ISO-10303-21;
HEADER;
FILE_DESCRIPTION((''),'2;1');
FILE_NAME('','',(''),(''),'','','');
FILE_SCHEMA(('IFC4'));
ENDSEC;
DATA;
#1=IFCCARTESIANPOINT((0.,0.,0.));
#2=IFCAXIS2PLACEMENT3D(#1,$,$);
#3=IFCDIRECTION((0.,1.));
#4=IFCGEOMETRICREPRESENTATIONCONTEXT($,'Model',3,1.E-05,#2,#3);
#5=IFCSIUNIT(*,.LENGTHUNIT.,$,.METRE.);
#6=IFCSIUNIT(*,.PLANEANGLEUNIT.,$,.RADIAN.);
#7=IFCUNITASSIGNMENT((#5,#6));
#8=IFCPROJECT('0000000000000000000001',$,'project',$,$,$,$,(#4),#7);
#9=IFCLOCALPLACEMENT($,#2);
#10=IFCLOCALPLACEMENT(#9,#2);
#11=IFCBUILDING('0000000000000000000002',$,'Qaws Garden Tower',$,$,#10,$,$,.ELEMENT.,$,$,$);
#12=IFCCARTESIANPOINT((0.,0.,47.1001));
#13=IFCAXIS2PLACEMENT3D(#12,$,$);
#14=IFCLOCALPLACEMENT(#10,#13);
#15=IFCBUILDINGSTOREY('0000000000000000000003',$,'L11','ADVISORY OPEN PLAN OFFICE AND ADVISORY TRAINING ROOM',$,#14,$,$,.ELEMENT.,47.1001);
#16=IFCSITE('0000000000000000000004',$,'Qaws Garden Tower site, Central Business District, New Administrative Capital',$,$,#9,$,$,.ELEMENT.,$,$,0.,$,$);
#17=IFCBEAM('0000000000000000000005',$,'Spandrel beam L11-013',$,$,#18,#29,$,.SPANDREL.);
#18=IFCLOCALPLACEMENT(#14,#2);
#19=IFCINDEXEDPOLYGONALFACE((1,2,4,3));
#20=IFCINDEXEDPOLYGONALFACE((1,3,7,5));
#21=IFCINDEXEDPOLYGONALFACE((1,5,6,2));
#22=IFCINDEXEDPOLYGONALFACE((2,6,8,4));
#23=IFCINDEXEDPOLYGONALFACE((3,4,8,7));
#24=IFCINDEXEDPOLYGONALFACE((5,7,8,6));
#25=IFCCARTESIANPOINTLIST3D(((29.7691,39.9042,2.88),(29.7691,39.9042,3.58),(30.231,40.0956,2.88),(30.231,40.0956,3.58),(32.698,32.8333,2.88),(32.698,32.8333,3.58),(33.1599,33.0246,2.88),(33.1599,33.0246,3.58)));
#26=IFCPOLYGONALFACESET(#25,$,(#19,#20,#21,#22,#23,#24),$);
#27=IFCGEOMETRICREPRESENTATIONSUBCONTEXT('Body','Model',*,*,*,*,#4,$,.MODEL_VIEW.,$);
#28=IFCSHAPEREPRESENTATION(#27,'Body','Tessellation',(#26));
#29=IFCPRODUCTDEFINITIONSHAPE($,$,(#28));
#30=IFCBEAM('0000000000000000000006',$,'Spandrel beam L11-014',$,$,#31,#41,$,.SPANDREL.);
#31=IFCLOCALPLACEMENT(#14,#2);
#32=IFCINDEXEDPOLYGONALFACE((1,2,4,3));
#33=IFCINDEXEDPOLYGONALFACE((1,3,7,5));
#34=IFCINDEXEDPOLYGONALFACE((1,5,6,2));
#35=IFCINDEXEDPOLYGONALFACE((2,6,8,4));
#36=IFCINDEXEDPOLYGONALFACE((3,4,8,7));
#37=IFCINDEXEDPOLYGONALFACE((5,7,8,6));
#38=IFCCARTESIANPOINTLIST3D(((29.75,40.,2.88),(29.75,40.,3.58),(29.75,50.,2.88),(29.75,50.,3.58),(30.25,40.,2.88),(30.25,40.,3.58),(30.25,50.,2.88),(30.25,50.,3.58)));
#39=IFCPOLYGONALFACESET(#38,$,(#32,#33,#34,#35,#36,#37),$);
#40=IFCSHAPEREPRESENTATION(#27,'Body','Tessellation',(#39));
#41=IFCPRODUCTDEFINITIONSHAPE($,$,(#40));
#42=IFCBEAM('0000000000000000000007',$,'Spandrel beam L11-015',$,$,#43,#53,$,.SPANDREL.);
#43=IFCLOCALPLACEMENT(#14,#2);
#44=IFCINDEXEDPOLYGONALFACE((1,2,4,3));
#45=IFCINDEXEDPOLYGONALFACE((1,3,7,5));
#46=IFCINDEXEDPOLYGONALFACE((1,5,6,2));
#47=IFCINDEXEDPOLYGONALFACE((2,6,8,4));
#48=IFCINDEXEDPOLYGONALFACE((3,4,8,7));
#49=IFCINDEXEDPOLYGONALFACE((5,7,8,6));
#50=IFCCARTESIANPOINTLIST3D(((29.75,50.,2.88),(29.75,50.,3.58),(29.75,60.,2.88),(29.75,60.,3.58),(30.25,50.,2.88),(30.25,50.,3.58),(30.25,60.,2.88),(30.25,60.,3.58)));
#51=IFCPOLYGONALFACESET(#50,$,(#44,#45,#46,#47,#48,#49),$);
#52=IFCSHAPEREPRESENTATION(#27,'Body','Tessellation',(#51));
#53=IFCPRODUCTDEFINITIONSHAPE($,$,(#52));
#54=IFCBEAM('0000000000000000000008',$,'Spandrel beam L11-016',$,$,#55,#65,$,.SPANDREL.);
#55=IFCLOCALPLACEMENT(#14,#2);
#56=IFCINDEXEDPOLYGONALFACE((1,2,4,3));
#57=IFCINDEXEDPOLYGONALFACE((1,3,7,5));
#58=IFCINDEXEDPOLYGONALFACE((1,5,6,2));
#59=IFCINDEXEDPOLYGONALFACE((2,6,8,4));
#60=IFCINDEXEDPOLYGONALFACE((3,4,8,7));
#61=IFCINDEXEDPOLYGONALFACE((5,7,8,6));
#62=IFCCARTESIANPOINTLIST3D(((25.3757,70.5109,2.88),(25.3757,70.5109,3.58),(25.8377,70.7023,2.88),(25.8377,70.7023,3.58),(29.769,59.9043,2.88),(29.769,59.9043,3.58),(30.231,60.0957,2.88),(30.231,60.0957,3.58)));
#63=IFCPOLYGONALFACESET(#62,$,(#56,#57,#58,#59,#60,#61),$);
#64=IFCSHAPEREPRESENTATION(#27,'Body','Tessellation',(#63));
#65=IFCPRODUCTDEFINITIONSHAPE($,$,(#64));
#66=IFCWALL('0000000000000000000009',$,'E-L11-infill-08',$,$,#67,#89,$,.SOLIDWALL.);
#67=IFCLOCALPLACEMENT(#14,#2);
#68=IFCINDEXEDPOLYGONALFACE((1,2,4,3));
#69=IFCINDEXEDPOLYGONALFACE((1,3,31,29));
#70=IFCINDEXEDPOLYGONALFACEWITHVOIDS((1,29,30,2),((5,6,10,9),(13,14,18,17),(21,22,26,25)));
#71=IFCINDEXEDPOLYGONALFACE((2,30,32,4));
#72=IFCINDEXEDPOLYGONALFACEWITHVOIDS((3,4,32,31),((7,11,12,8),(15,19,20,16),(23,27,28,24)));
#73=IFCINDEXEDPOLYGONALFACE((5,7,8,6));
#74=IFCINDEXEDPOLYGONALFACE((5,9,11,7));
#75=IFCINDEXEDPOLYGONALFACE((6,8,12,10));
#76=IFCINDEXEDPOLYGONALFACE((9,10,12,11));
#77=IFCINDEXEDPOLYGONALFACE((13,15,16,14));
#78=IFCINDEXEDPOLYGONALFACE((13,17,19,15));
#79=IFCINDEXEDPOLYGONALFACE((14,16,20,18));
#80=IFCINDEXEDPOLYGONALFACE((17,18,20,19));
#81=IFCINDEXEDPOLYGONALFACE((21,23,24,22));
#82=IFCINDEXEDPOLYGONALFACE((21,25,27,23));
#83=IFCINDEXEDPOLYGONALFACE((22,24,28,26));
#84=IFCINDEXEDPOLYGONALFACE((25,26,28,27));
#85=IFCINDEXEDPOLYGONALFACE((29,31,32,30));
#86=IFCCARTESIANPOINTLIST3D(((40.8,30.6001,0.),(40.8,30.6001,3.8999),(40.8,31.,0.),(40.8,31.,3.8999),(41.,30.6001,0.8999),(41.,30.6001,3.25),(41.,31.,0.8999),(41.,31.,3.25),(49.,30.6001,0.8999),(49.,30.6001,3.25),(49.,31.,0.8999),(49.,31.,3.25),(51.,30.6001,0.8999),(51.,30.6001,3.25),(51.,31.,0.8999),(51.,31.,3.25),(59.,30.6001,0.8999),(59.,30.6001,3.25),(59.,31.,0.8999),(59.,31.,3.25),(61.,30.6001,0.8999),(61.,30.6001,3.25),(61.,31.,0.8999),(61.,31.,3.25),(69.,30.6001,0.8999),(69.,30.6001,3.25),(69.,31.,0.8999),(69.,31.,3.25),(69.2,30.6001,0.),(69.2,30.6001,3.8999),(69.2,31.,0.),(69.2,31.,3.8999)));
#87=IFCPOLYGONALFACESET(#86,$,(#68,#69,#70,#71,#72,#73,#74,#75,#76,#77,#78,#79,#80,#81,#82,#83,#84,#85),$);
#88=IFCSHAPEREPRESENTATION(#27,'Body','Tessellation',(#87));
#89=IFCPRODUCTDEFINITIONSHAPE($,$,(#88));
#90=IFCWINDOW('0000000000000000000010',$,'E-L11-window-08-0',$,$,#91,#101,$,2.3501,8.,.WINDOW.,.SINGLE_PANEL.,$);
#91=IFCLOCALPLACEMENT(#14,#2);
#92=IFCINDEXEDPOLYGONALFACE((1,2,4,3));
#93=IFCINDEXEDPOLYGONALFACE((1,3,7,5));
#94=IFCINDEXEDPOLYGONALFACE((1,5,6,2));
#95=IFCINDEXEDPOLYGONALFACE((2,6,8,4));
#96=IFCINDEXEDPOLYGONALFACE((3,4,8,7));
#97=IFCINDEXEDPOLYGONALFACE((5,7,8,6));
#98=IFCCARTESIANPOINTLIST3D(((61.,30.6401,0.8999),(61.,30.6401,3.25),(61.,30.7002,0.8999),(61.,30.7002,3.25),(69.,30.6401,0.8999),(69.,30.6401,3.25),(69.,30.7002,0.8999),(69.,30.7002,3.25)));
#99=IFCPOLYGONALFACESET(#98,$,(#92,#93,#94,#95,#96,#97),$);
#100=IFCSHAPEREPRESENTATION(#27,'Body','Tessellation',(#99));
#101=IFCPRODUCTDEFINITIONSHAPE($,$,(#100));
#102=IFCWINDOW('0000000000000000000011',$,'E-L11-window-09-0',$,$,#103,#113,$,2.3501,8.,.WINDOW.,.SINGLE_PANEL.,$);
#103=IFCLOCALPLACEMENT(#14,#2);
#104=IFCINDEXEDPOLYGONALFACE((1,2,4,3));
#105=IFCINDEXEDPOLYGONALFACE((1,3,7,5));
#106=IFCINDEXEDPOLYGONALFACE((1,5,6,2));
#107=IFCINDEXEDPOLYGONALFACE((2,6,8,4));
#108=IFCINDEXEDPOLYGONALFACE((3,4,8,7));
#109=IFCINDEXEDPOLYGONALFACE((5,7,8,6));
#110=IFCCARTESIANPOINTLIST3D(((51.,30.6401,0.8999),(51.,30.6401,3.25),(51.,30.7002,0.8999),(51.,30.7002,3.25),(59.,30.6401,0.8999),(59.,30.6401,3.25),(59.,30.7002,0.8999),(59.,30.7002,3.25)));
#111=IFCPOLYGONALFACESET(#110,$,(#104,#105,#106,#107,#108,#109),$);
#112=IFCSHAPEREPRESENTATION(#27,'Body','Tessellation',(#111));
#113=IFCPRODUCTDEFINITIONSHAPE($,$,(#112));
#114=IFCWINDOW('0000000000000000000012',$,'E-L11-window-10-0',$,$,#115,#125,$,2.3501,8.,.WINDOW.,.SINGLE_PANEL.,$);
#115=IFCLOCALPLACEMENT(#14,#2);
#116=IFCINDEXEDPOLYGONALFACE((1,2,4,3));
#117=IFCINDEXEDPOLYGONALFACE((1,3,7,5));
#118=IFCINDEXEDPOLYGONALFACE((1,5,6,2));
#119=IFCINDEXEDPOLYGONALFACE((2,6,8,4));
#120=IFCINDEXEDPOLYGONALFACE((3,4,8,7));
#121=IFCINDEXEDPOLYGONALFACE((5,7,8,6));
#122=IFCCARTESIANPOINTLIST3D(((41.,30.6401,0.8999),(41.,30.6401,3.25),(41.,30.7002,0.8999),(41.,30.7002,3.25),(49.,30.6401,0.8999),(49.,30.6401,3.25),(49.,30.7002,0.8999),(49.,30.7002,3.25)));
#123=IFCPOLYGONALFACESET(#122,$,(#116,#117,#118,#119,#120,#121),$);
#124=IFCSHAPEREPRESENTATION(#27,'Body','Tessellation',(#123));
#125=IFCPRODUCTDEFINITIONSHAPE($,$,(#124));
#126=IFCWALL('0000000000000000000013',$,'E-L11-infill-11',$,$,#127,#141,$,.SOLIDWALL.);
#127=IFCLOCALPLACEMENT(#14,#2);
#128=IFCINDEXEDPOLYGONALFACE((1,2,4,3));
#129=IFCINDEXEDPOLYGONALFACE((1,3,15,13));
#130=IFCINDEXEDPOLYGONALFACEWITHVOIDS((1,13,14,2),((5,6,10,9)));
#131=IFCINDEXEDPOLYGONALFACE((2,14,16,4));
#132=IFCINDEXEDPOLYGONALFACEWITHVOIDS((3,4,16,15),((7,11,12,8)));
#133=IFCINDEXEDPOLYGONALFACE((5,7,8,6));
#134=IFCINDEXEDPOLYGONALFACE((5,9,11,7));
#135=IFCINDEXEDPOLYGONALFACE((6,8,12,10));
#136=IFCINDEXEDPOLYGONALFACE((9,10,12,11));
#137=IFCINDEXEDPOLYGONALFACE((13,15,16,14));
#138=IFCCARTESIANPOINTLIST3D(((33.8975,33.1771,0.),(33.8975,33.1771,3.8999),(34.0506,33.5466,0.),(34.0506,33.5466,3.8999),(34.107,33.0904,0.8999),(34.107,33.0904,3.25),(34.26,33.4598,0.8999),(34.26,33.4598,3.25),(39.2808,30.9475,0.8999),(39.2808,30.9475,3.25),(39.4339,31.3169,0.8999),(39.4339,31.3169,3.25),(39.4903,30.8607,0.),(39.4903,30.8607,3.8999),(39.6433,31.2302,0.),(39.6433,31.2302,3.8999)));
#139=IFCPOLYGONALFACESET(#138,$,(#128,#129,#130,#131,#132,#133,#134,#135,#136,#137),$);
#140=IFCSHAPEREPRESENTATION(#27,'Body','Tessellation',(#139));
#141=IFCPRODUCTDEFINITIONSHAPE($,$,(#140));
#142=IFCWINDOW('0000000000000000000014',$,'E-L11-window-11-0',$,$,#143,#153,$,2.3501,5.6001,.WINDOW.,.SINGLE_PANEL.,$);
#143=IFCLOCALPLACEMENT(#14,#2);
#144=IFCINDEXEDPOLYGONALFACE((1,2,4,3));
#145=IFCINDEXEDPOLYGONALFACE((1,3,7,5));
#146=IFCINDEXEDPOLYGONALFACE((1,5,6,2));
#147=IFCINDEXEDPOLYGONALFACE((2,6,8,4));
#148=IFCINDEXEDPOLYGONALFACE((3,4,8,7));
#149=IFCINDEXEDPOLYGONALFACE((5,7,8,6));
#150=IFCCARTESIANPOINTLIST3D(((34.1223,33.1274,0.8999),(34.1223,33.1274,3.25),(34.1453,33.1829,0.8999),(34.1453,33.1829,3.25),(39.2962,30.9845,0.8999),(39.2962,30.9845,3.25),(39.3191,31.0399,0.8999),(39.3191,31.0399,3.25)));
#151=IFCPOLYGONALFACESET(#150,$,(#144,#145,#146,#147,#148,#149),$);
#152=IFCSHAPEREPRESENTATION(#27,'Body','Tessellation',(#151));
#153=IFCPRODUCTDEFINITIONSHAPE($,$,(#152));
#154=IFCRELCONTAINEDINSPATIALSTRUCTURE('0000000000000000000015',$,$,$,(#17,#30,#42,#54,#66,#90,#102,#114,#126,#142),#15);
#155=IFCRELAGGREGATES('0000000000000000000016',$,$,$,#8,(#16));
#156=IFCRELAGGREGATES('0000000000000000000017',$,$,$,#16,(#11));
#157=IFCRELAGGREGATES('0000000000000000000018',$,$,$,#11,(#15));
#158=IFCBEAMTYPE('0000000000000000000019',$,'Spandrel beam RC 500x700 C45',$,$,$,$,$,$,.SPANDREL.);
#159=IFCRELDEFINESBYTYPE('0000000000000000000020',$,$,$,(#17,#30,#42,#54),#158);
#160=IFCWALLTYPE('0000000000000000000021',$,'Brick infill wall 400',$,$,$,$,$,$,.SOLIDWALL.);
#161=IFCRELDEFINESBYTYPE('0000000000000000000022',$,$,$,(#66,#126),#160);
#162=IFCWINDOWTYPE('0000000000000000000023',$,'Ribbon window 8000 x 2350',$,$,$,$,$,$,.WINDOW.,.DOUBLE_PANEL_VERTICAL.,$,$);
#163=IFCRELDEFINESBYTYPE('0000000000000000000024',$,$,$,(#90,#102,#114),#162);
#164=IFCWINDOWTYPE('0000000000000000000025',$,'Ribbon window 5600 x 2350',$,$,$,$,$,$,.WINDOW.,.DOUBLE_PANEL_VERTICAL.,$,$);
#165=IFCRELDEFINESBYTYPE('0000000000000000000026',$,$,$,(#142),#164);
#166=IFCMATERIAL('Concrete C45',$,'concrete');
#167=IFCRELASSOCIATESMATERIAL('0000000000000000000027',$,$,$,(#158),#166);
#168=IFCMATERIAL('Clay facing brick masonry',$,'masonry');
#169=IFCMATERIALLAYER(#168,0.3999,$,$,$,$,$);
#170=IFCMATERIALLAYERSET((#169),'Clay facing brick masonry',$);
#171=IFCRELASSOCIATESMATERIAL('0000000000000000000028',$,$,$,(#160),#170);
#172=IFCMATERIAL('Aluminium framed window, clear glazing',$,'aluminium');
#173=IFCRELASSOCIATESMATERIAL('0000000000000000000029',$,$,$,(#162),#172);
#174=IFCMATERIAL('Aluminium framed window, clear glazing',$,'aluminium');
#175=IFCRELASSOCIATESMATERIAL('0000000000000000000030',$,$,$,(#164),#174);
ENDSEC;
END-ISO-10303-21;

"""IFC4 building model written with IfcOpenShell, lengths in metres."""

from ifc_helpers import new_model, si_unit, direction, frame, frame_2d, origin, origin_2d, place, context, subcontext, project, spatial, rectangle, extrude, material, layer, layer_set, material_profile, profile_set, type_object, element, fill, save


model = new_model("IFC4")

# Units and contexts
model_context = context("Model", 3, precision=1e-05, world=origin(), true_north=direction((0.0, 1.0)))
body_context = subcontext(model_context, "Body", "Model", "MODEL_VIEW")
ifc_project = project(units=[si_unit("LENGTHUNIT", "METRE"), si_unit("PLANEANGLEUNIT", "RADIAN")], contexts=[model_context])

# Site, building, storey
site_placement = place(None, origin())
site = spatial("IfcSite", under=ifc_project, at=site_placement, Name="Qaws Garden Tower site, Central Business District, New Administrative Capital", CompositionType="ELEMENT", RefElevation=0.0)
building_placement = place(site_placement, origin())
building = spatial("IfcBuilding", under=site, at=building_placement, Name="Qaws Garden Tower", CompositionType="ELEMENT")
storey_placement = place(building_placement, frame((0.0, 0.0, 47.1001)))
storey = spatial("IfcBuildingStorey", under=building, at=storey_placement, Name="L11", Description="ADVISORY OPEN PLAN OFFICE AND ADVISORY TRAINING ROOM", CompositionType="ELEMENT", Elevation=47.1001)

# Beams
ifc_material_1 = material(Name="Concrete C45", Category="concrete")
ifc_material_profile_1 = material_profile(ifc_material_1, rectangle(XDim=0.5, YDim=0.7, at=origin_2d()), Name="RC 500x700")
ifc_profile_set_1 = profile_set([ifc_material_profile_1], Name="Concrete C45")
beam_type = type_object("IfcBeamType", Name="Spandrel beam RC 500x700 C45", PredefinedType="SPANDREL", material=ifc_profile_set_1)
beam_1_placement = place(storey_placement, frame((32.929, 32.929, 3.23), z_axis=(-0.382687, 0.923878, 0.0), x_axis=(-0.923878, -0.382687, 0.0)))
element("IfcBeam", 1, at=beam_1_placement, inside=storey, type_object=beam_type, Name="Spandrel beam L11-013", PredefinedType="SPANDREL", context=body_context, shape_type="SweptSolid", body=[
    extrude(rectangle(XDim=0.5, YDim=0.7, at=origin_2d()), origin(), (0.0, 0.0, 1.0), 7.6536),
])
for number, where, z_axis, x_axis, name in (
    (2, (30.0, 40.0, 3.23), (0.0, 1.0, 0.0), (-1.0, 0.0, 0.0), "Spandrel beam L11-014"),
    (3, (30.0, 50.0, 3.23), (0.0, 1.0, 0.0), (-1.0, 0.0, 0.0), "Spandrel beam L11-015"),
):
    element("IfcBeam", number, at=place(storey_placement, frame(where, z_axis=z_axis, x_axis=x_axis)), inside=storey, type_object=beam_type, Name=name, PredefinedType="SPANDREL", context=body_context, shape_type="SweptSolid", body=[
        extrude(rectangle(XDim=0.5, YDim=0.7, at=origin_2d()), origin(), (0.0, 0.0, 1.0), 10.0),
    ])
beam_2_placement = place(storey_placement, frame((30.0, 60.0, 3.23), z_axis=(-0.382674, 0.923883, 0.0), x_axis=(-0.923883, -0.382674, 0.0)))
element("IfcBeam", 4, at=beam_2_placement, inside=storey, type_object=beam_type, Name="Spandrel beam L11-016", PredefinedType="SPANDREL", context=body_context, shape_type="SweptSolid", body=[
    extrude(rectangle(XDim=0.5, YDim=0.7, at=origin_2d()), origin(), (0.0, 0.0, 1.0), 11.4805),
])

# Wall, openings, windows
ifc_material_2 = material(Name="Clay facing brick masonry", Category="masonry")
ifc_layer_1 = layer(ifc_material_2, 0.3999)
ifc_layer_set_1 = layer_set([ifc_layer_1], Name="Clay facing brick masonry")
wall_type_1 = type_object("IfcWallType", Name="Brick infill wall 400", PredefinedType="SOLIDWALL", material=ifc_layer_set_1)
wall_1_placement = place(storey_placement, frame((69.2, 30.8, 0.0), z_axis=(0.0, 0.0, 1.0), x_axis=(-1.0, 0.0, 0.0)))
wall_1 = element("IfcWall", 5, at=wall_1_placement, inside=storey, type_object=wall_type_1, Name="E-L11-infill-08", PredefinedType="SOLIDWALL", context=body_context, shape_type="SweptSolid", body=[
    extrude(rectangle(XDim=28.3999, YDim=0.3999, at=frame_2d((14.2, 0.0))), origin(), (0.0, 0.0, 1.0), 3.8999),
])
opening_1_placement = place(wall_1_placement, frame((0.2, 0.0, 0.8999)))
opening_1 = element("IfcOpeningElement", 6, at=opening_1_placement, cuts=wall_1, PredefinedType="OPENING", context=body_context, shape_type="SweptSolid", body=[
    extrude(rectangle(XDim=8.0, YDim=2.3501, at=frame_2d((4.0, 1.175))), frame((0.0, 0.21, 0.0), z_axis=(0.0, -1.0, 0.0), x_axis=(1.0, 0.0, 0.0)), (0.0, 0.0, 1.0), 0.4199),
])
opening_2_placement = place(wall_1_placement, frame((10.2, 0.0, 0.8999)))
opening_2 = element("IfcOpeningElement", 7, at=opening_2_placement, cuts=wall_1, PredefinedType="OPENING", context=body_context, shape_type="SweptSolid", body=[
    extrude(rectangle(XDim=8.0, YDim=2.3501, at=frame_2d((4.0, 1.175))), frame((0.0, 0.21, 0.0), z_axis=(0.0, -1.0, 0.0), x_axis=(1.0, 0.0, 0.0)), (0.0, 0.0, 1.0), 0.4199),
])
opening_3_placement = place(wall_1_placement, frame((20.2, 0.0, 0.8999)))
opening_3 = element("IfcOpeningElement", 8, at=opening_3_placement, cuts=wall_1, PredefinedType="OPENING", context=body_context, shape_type="SweptSolid", body=[
    extrude(rectangle(XDim=8.0, YDim=2.3501, at=frame_2d((4.0, 1.175))), frame((0.0, 0.21, 0.0), z_axis=(0.0, -1.0, 0.0), x_axis=(1.0, 0.0, 0.0)), (0.0, 0.0, 1.0), 0.4199),
])
ifc_material_3 = material(Name="Aluminium framed window, clear glazing", Category="aluminium")
window_type_1 = type_object("IfcWindowType", Name="Ribbon window 8000 x 2350", PartitioningType="DOUBLE_PANEL_VERTICAL", PredefinedType="WINDOW", material=ifc_material_3)
window_1_placement = place(opening_1_placement, origin())
window_1 = element("IfcWindow", 9, at=window_1_placement, inside=storey, type_object=window_type_1, Name="E-L11-window-08-0", OverallHeight=2.3501, OverallWidth=8.0, PartitioningType="SINGLE_PANEL", PredefinedType="WINDOW", context=body_context, shape_type="SweptSolid", body=[
    extrude(rectangle(XDim=8.0, YDim=2.3501, at=frame_2d((4.0, 1.175))), frame((0.0, 0.1599, 0.0), z_axis=(0.0, -1.0, 0.0), x_axis=(1.0, 0.0, 0.0)), (0.0, 0.0, 1.0), 0.0601),
])
fill(opening_1, window_1)
window_2_placement = place(opening_2_placement, origin())
window_2 = element("IfcWindow", 10, at=window_2_placement, inside=storey, type_object=window_type_1, Name="E-L11-window-09-0", OverallHeight=2.3501, OverallWidth=8.0, PartitioningType="SINGLE_PANEL", PredefinedType="WINDOW", context=body_context, shape_type="SweptSolid", body=[
    extrude(rectangle(XDim=8.0, YDim=2.3501, at=frame_2d((4.0, 1.175))), frame((0.0, 0.1599, 0.0), z_axis=(0.0, -1.0, 0.0), x_axis=(1.0, 0.0, 0.0)), (0.0, 0.0, 1.0), 0.0601),
])
fill(opening_2, window_2)
window_3_placement = place(opening_3_placement, origin())
window_3 = element("IfcWindow", 11, at=window_3_placement, inside=storey, type_object=window_type_1, Name="E-L11-window-10-0", OverallHeight=2.3501, OverallWidth=8.0, PartitioningType="SINGLE_PANEL", PredefinedType="WINDOW", context=body_context, shape_type="SweptSolid", body=[
    extrude(rectangle(XDim=8.0, YDim=2.3501, at=frame_2d((4.0, 1.175))), frame((0.0, 0.1599, 0.0), z_axis=(0.0, -1.0, 0.0), x_axis=(1.0, 0.0, 0.0)), (0.0, 0.0, 1.0), 0.0601),
])
fill(opening_3, window_3)

# Wall, opening, window
wall_2_placement = place(storey_placement, frame((39.5669, 31.0454, 0.0), z_axis=(0.0, 0.0, 1.0), x_axis=(-0.923891, 0.382656, 0.0)))
wall_2 = element("IfcWall", 12, at=wall_2_placement, inside=storey, type_object=wall_type_1, Name="E-L11-infill-11", PredefinedType="SOLIDWALL", context=body_context, shape_type="SweptSolid", body=[
    extrude(rectangle(XDim=6.0535, YDim=0.3999, at=frame_2d((3.0269, 0.0))), origin(), (0.0, 0.0, 1.0), 3.8999),
])
opening_4_placement = place(wall_2_placement, frame((0.2268, 0.0, 0.8999)))
opening_4 = element("IfcOpeningElement", 13, at=opening_4_placement, cuts=wall_2, PredefinedType="OPENING", context=body_context, shape_type="SweptSolid", body=[
    extrude(rectangle(XDim=5.6001, YDim=2.3501, at=frame_2d((2.8, 1.175))), frame((0.0, 0.21, 0.0), z_axis=(0.0, -1.0, 0.0), x_axis=(1.0, 0.0, 0.0)), (0.0, 0.0, 1.0), 0.4199),
])
ifc_material_4 = material(Name="Aluminium framed window, clear glazing", Category="aluminium")
window_type_2 = type_object("IfcWindowType", Name="Ribbon window 5600 x 2350", PartitioningType="DOUBLE_PANEL_VERTICAL", PredefinedType="WINDOW", material=ifc_material_4)
window_4_placement = place(opening_4_placement, origin())
window_4 = element("IfcWindow", 14, at=window_4_placement, inside=storey, type_object=window_type_2, Name="E-L11-window-11-0", OverallHeight=2.3501, OverallWidth=5.6001, PartitioningType="SINGLE_PANEL", PredefinedType="WINDOW", context=body_context, shape_type="SweptSolid", body=[
    extrude(rectangle(XDim=5.6001, YDim=2.3501, at=frame_2d((2.8, 1.175))), frame((0.0, 0.1599, 0.0), z_axis=(0.0, -1.0, 0.0), x_axis=(1.0, 0.0, 0.0)), (0.0, 0.0, 1.0), 0.0601),
])
fill(opening_4, window_4)

save(model, "model.ifc")
